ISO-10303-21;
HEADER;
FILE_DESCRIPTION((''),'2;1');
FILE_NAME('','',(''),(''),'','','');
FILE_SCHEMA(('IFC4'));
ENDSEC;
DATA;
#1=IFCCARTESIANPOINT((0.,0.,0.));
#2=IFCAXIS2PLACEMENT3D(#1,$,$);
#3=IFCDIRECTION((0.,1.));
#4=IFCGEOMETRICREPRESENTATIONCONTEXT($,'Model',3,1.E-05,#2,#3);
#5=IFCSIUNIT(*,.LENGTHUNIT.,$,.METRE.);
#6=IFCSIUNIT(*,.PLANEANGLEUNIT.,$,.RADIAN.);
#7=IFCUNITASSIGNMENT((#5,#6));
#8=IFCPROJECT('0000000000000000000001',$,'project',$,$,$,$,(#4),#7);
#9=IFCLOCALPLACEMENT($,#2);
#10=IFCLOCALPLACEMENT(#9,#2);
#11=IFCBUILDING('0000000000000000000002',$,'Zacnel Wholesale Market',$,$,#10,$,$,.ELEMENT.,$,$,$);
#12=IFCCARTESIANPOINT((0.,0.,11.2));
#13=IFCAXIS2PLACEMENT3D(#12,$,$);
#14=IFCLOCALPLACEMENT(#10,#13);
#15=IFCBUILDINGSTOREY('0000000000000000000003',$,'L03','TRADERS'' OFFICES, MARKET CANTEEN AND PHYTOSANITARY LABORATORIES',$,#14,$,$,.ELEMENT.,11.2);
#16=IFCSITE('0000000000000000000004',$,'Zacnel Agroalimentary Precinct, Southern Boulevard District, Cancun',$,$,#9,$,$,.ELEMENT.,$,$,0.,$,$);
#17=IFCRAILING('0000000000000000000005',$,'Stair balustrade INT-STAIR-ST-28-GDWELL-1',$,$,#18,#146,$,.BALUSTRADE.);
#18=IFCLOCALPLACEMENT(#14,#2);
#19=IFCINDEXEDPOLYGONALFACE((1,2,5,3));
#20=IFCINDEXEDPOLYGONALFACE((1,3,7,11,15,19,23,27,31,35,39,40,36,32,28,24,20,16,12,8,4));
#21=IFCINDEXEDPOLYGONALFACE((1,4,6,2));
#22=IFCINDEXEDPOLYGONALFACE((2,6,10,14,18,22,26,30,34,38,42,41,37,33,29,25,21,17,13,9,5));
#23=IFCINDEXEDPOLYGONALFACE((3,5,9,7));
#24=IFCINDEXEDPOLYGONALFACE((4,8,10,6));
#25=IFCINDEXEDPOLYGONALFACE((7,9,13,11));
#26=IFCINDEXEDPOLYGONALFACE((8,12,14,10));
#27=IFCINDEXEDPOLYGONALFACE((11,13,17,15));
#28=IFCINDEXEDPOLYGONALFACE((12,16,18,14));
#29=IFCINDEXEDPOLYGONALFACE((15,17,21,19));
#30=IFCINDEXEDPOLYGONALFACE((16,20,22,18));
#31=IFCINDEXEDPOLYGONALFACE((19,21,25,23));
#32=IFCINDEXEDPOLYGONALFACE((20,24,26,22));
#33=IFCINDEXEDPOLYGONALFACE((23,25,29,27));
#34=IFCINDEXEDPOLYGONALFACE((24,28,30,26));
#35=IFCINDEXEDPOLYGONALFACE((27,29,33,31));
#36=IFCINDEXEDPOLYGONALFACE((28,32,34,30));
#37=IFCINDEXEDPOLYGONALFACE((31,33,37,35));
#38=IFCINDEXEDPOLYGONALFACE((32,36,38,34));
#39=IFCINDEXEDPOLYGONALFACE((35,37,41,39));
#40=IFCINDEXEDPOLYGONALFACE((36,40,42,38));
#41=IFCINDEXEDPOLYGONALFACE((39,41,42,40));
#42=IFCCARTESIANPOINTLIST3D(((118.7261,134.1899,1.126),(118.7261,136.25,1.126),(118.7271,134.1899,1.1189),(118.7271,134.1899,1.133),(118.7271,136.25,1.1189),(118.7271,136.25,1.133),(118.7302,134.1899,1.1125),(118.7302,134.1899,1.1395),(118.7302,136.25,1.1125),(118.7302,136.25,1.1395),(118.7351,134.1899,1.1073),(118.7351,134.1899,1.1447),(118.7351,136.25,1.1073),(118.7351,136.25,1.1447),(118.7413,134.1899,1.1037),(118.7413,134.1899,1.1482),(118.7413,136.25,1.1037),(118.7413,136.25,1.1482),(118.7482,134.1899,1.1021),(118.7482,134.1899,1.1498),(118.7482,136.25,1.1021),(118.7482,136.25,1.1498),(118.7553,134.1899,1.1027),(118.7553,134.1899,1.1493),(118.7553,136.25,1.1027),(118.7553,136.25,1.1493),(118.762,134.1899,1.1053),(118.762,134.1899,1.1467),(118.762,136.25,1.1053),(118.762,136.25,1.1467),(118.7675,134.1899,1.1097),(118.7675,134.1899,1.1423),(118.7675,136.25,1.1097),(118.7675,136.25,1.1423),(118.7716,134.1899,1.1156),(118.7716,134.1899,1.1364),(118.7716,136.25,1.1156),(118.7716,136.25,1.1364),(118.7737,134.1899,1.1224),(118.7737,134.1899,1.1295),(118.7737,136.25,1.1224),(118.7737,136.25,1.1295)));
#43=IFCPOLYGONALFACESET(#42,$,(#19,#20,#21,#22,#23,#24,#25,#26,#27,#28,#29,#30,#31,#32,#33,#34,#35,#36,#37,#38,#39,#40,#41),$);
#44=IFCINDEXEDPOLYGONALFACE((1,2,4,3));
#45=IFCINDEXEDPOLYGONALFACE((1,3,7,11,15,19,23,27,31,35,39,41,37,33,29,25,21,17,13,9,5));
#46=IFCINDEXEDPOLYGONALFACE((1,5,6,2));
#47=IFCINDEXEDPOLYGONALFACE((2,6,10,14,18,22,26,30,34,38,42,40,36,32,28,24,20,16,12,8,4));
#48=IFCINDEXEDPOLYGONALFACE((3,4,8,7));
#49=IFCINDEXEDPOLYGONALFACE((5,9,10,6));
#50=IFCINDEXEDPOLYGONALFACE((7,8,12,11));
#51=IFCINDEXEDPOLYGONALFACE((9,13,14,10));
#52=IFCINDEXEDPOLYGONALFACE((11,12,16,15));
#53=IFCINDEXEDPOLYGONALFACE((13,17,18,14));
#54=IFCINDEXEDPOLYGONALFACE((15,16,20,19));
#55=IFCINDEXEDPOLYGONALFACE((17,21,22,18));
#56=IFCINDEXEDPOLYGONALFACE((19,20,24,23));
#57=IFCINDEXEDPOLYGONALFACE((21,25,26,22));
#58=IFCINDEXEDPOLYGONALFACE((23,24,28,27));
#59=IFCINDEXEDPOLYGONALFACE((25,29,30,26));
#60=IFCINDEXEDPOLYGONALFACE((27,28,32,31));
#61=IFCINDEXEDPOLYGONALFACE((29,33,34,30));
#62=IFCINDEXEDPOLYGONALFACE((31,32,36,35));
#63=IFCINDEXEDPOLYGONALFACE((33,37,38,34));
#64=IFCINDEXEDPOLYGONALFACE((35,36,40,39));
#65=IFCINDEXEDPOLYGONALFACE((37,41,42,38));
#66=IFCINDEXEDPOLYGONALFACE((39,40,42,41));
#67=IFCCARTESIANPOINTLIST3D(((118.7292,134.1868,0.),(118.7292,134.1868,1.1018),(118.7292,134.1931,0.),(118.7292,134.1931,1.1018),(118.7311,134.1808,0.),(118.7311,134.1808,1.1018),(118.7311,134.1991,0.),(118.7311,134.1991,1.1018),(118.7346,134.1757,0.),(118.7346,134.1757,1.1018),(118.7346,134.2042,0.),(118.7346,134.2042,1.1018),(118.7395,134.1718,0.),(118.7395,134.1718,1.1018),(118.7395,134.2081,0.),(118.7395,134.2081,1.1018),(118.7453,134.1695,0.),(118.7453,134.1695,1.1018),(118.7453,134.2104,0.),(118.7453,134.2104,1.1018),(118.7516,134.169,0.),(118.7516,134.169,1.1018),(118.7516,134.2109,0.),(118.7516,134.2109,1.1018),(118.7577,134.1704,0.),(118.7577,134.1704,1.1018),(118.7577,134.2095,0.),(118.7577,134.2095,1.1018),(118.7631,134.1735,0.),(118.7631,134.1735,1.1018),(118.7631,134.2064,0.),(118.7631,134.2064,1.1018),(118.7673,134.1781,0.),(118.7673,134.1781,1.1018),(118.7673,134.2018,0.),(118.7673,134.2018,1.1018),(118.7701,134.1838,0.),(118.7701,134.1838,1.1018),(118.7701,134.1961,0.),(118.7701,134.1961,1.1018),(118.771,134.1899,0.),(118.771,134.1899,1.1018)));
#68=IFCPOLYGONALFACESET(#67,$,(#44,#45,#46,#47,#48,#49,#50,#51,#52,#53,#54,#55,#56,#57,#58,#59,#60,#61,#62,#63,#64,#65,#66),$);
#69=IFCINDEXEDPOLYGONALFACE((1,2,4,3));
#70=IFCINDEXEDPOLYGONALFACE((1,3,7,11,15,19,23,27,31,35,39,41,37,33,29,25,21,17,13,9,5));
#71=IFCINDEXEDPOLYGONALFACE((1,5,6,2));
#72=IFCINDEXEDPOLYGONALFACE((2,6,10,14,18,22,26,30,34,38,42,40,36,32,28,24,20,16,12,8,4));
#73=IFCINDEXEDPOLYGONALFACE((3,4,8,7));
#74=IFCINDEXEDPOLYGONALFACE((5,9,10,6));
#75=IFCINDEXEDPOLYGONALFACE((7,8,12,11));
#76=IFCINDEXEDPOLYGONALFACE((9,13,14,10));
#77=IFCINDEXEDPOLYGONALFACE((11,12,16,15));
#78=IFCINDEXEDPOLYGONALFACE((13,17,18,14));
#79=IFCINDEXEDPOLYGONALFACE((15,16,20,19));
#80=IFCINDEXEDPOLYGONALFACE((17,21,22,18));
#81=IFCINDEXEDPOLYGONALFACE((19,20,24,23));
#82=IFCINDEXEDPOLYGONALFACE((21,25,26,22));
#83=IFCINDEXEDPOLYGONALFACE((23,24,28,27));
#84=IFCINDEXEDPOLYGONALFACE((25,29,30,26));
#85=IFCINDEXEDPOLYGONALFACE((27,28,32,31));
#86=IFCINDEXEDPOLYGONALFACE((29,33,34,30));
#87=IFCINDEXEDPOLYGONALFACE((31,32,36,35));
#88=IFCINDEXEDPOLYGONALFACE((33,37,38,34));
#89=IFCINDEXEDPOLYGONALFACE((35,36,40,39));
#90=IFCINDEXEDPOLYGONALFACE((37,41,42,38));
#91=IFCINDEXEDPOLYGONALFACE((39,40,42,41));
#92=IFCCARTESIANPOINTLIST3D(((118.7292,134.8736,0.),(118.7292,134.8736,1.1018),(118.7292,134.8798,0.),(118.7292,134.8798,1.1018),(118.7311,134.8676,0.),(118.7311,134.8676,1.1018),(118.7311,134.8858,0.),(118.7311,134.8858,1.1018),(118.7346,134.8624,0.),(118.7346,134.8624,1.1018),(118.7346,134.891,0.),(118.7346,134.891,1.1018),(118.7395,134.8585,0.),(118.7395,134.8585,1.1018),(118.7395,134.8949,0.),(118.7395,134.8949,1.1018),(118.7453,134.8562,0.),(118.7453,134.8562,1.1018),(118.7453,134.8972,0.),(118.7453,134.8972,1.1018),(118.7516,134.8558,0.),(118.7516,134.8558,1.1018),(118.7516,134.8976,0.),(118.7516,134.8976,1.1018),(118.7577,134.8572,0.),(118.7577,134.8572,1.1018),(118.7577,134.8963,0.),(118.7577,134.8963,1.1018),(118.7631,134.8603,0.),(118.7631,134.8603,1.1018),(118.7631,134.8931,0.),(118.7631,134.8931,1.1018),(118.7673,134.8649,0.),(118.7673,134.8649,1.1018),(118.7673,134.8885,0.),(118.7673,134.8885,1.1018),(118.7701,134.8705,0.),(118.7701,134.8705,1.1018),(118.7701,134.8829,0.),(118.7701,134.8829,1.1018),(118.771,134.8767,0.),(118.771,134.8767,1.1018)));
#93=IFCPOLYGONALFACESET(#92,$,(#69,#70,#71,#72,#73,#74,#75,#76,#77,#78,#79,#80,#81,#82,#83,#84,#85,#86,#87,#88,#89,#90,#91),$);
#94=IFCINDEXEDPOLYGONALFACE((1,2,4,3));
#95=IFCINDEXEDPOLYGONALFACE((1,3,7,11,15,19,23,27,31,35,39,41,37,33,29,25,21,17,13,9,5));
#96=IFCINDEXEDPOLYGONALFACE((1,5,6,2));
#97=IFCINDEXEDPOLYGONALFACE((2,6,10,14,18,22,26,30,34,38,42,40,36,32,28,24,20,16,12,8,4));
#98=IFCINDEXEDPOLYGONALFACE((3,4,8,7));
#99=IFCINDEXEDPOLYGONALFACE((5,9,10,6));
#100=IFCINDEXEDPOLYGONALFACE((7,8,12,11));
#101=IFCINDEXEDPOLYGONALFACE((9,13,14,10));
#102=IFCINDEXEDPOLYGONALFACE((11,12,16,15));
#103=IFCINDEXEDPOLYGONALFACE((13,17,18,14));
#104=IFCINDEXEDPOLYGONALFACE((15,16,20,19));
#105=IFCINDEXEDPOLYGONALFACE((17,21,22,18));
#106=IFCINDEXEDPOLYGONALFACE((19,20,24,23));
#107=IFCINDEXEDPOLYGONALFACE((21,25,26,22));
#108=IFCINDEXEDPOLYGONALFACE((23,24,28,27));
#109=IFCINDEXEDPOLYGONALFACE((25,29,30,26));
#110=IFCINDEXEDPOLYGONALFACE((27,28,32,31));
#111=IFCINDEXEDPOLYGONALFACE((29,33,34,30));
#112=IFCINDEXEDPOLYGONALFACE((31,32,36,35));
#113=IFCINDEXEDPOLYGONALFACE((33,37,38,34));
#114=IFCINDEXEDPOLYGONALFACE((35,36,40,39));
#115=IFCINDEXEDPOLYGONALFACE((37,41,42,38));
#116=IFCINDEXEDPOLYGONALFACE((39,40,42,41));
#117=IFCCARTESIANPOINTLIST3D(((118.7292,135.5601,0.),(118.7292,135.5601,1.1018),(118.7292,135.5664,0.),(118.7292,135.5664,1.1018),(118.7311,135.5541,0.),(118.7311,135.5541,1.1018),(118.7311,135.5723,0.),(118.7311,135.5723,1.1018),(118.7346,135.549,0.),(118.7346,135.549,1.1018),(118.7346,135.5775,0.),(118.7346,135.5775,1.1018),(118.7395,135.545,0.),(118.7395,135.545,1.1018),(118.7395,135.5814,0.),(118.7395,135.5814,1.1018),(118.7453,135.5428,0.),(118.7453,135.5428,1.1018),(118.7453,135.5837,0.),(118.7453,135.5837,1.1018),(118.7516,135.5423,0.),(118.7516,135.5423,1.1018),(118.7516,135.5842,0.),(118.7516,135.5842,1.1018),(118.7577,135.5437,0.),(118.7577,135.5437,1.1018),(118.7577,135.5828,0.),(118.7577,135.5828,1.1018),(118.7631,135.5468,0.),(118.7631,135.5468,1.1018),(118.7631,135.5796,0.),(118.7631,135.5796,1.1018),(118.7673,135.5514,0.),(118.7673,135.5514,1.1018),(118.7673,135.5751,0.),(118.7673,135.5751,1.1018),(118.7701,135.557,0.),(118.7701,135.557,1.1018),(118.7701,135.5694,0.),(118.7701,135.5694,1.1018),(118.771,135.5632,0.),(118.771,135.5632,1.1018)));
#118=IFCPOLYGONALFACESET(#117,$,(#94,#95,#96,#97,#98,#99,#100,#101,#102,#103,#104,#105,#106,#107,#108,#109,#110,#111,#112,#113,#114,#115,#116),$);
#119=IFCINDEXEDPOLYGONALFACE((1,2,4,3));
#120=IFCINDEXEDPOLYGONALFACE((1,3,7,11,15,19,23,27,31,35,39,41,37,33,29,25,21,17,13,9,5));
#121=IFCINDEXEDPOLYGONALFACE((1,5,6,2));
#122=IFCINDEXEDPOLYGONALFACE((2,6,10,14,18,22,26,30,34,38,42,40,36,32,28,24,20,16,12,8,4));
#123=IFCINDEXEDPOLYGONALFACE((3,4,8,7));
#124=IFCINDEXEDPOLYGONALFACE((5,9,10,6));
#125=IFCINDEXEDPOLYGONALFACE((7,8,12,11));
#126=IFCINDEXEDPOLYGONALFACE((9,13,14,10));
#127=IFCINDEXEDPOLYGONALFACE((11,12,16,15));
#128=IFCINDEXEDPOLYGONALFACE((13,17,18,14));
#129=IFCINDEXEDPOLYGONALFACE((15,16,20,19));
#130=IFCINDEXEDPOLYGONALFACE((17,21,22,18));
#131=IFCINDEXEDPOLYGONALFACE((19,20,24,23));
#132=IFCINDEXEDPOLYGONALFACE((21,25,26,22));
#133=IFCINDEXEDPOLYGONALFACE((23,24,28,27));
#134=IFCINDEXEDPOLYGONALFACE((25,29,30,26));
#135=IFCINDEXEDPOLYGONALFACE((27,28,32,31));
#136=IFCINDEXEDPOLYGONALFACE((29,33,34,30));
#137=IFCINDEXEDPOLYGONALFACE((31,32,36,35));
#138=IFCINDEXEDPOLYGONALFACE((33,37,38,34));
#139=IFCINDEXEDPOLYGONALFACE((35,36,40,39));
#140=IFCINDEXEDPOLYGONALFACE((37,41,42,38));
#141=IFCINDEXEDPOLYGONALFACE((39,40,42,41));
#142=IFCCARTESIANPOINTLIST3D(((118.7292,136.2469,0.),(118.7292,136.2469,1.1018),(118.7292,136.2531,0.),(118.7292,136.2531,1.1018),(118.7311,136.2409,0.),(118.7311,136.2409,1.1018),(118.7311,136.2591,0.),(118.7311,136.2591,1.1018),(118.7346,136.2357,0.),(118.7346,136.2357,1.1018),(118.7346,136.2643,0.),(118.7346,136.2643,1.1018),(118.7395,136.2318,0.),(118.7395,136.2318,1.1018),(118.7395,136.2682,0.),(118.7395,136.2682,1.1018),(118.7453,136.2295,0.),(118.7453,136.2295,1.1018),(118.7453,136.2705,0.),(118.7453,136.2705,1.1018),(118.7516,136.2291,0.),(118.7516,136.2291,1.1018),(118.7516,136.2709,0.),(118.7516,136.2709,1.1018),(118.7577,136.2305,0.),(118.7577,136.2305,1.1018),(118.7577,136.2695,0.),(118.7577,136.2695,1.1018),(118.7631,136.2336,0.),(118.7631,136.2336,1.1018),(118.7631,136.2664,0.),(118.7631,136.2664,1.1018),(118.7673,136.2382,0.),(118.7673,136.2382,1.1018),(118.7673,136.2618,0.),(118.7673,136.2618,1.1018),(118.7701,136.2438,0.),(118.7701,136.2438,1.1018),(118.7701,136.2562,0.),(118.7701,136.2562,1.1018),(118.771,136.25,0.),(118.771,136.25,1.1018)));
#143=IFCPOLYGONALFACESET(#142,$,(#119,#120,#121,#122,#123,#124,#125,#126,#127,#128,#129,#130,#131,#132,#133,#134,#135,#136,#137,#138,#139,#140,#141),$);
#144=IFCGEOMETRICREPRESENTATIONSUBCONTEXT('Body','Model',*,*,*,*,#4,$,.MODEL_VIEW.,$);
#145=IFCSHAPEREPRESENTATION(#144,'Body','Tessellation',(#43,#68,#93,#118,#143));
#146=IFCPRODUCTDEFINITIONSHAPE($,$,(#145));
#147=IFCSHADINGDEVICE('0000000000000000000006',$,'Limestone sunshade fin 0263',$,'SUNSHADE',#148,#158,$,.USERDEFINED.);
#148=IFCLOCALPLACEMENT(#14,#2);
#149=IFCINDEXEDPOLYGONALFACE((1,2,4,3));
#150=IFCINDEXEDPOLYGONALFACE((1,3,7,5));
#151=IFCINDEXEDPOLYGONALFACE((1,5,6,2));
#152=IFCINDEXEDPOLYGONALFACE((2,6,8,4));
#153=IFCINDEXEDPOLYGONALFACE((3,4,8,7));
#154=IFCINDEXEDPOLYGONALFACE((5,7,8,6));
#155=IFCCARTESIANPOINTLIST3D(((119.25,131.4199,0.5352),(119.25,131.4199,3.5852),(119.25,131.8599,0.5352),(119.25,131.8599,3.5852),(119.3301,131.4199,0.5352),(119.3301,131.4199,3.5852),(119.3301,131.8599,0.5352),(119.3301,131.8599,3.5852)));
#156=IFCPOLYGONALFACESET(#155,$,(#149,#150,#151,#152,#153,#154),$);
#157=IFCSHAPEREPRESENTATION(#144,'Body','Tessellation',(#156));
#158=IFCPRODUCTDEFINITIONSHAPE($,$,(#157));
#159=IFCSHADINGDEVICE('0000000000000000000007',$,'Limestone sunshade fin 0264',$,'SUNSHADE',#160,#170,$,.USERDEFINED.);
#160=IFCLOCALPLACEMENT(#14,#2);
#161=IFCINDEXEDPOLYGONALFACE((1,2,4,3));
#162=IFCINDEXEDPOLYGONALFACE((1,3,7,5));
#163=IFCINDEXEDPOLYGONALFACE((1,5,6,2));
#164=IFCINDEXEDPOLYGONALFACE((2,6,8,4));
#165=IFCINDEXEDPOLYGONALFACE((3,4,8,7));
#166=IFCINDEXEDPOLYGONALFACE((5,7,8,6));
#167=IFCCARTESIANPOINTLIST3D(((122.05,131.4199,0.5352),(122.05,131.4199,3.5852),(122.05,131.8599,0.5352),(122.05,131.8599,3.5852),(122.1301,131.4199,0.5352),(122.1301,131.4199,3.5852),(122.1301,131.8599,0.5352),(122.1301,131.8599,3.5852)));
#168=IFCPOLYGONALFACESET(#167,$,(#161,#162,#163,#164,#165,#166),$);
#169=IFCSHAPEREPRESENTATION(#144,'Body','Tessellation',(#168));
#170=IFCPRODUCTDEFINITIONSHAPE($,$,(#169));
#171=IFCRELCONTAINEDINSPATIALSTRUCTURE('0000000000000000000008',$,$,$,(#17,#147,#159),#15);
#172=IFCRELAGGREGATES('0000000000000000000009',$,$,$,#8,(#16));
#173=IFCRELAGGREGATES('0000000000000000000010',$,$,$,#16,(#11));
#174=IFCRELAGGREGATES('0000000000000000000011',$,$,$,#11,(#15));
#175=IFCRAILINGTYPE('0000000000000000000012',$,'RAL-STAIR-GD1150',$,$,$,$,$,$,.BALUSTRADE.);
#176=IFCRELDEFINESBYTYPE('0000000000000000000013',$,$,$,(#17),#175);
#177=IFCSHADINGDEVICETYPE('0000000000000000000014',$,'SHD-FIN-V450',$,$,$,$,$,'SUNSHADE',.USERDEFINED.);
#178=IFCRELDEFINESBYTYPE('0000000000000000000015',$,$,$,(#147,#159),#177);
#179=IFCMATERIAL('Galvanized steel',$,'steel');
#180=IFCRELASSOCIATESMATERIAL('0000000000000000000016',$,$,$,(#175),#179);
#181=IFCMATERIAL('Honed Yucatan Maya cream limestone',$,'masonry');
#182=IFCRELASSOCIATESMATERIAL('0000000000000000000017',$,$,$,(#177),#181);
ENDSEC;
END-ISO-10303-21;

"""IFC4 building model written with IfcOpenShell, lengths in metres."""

from ifc_helpers import new_model, si_unit, direction, frame, origin, origin_2d, place, context, subcontext, project, spatial, rectangle, circle, extrude, material, type_object, element, save


model = new_model("IFC4")

# Units and contexts
model_context = context("Model", 3, precision=1e-05, world=origin(), true_north=direction((0.0, 1.0)))
body_context = subcontext(model_context, "Body", "Model", "MODEL_VIEW")
ifc_project = project(units=[si_unit("LENGTHUNIT", "METRE"), si_unit("PLANEANGLEUNIT", "RADIAN")], contexts=[model_context])

# Site, building, storey
site_placement = place(None, origin())
site = spatial("IfcSite", under=ifc_project, at=site_placement, Name="Zacnel Agroalimentary Precinct, Southern Boulevard District, Cancun", CompositionType="ELEMENT", RefElevation=0.0)
building_placement = place(site_placement, origin())
building = spatial("IfcBuilding", under=site, at=building_placement, Name="Zacnel Wholesale Market", CompositionType="ELEMENT")
storey_placement = place(building_placement, frame((0.0, 0.0, 11.2)))
storey = spatial("IfcBuildingStorey", under=building, at=storey_placement, Name="L03", Description="TRADERS' OFFICES, MARKET CANTEEN AND PHYTOSANITARY LABORATORIES", CompositionType="ELEMENT", Elevation=11.2)

# Railing
ifc_material_1 = material(Name="Galvanized steel", Category="steel")
railing_type = type_object("IfcRailingType", Name="RAL-STAIR-GD1150", PredefinedType="BALUSTRADE", material=ifc_material_1)
railing_placement = place(storey_placement, frame((118.75, 134.1899, 0.0)))
element("IfcRailing", 1, at=railing_placement, inside=storey, type_object=railing_type, Name="Stair balustrade INT-STAIR-ST-28-GDWELL-1", PredefinedType="BALUSTRADE", context=body_context, shape_type="SweptSolid", body=[
    extrude(circle(Radius=0.0239, at=origin_2d()), frame((0.0, 0.0, 1.126), z_axis=(0.0, 1.0, 0.0), x_axis=(-1.0, 0.0, 0.0)), (0.0, 0.0, 1.0), 2.0601),
    extrude(circle(Radius=0.021, at=origin_2d()), origin(), (0.0, 0.0, 1.0), 1.1018),
    extrude(circle(Radius=0.021, at=origin_2d()), frame((0.0, 0.6868, 0.0)), (0.0, 0.0, 1.0), 1.1018),
    extrude(circle(Radius=0.021, at=origin_2d()), frame((0.0, 1.3733, 0.0)), (0.0, 0.0, 1.0), 1.1018),
    extrude(circle(Radius=0.021, at=origin_2d()), frame((0.0, 2.0601, 0.0)), (0.0, 0.0, 1.0), 1.1018),
])

# Shading devices
ifc_material_2 = material(Name="Honed Yucatan Maya cream limestone", Category="masonry")
shading_device_type = type_object("IfcShadingDeviceType", Name="SHD-FIN-V450", ElementType="SUNSHADE", PredefinedType="USERDEFINED", material=ifc_material_2)
for number, where, z_axis, x_axis, name in (
    (2, (119.29, 131.6399, 0.5352), (0.0, 0.0, 1.0), (1.0, 0.0, 0.0), "Limestone sunshade fin 0263"),
    (3, (122.0901, 131.6399, 0.5352), (0.0, 0.0, 1.0), (1.0, 0.0, 0.0), "Limestone sunshade fin 0264"),
):
    element("IfcShadingDevice", number, at=place(storey_placement, frame(where, z_axis=z_axis, x_axis=x_axis)), inside=storey, type_object=shading_device_type, Name=name, ObjectType="SUNSHADE", PredefinedType="USERDEFINED", context=body_context, shape_type="SweptSolid", body=[
        extrude(rectangle(XDim=0.0801, YDim=0.4399, at=origin_2d()), origin(), (0.0, 0.0, 1.0), 3.05),
    ])

save(model, "model.ifc")
